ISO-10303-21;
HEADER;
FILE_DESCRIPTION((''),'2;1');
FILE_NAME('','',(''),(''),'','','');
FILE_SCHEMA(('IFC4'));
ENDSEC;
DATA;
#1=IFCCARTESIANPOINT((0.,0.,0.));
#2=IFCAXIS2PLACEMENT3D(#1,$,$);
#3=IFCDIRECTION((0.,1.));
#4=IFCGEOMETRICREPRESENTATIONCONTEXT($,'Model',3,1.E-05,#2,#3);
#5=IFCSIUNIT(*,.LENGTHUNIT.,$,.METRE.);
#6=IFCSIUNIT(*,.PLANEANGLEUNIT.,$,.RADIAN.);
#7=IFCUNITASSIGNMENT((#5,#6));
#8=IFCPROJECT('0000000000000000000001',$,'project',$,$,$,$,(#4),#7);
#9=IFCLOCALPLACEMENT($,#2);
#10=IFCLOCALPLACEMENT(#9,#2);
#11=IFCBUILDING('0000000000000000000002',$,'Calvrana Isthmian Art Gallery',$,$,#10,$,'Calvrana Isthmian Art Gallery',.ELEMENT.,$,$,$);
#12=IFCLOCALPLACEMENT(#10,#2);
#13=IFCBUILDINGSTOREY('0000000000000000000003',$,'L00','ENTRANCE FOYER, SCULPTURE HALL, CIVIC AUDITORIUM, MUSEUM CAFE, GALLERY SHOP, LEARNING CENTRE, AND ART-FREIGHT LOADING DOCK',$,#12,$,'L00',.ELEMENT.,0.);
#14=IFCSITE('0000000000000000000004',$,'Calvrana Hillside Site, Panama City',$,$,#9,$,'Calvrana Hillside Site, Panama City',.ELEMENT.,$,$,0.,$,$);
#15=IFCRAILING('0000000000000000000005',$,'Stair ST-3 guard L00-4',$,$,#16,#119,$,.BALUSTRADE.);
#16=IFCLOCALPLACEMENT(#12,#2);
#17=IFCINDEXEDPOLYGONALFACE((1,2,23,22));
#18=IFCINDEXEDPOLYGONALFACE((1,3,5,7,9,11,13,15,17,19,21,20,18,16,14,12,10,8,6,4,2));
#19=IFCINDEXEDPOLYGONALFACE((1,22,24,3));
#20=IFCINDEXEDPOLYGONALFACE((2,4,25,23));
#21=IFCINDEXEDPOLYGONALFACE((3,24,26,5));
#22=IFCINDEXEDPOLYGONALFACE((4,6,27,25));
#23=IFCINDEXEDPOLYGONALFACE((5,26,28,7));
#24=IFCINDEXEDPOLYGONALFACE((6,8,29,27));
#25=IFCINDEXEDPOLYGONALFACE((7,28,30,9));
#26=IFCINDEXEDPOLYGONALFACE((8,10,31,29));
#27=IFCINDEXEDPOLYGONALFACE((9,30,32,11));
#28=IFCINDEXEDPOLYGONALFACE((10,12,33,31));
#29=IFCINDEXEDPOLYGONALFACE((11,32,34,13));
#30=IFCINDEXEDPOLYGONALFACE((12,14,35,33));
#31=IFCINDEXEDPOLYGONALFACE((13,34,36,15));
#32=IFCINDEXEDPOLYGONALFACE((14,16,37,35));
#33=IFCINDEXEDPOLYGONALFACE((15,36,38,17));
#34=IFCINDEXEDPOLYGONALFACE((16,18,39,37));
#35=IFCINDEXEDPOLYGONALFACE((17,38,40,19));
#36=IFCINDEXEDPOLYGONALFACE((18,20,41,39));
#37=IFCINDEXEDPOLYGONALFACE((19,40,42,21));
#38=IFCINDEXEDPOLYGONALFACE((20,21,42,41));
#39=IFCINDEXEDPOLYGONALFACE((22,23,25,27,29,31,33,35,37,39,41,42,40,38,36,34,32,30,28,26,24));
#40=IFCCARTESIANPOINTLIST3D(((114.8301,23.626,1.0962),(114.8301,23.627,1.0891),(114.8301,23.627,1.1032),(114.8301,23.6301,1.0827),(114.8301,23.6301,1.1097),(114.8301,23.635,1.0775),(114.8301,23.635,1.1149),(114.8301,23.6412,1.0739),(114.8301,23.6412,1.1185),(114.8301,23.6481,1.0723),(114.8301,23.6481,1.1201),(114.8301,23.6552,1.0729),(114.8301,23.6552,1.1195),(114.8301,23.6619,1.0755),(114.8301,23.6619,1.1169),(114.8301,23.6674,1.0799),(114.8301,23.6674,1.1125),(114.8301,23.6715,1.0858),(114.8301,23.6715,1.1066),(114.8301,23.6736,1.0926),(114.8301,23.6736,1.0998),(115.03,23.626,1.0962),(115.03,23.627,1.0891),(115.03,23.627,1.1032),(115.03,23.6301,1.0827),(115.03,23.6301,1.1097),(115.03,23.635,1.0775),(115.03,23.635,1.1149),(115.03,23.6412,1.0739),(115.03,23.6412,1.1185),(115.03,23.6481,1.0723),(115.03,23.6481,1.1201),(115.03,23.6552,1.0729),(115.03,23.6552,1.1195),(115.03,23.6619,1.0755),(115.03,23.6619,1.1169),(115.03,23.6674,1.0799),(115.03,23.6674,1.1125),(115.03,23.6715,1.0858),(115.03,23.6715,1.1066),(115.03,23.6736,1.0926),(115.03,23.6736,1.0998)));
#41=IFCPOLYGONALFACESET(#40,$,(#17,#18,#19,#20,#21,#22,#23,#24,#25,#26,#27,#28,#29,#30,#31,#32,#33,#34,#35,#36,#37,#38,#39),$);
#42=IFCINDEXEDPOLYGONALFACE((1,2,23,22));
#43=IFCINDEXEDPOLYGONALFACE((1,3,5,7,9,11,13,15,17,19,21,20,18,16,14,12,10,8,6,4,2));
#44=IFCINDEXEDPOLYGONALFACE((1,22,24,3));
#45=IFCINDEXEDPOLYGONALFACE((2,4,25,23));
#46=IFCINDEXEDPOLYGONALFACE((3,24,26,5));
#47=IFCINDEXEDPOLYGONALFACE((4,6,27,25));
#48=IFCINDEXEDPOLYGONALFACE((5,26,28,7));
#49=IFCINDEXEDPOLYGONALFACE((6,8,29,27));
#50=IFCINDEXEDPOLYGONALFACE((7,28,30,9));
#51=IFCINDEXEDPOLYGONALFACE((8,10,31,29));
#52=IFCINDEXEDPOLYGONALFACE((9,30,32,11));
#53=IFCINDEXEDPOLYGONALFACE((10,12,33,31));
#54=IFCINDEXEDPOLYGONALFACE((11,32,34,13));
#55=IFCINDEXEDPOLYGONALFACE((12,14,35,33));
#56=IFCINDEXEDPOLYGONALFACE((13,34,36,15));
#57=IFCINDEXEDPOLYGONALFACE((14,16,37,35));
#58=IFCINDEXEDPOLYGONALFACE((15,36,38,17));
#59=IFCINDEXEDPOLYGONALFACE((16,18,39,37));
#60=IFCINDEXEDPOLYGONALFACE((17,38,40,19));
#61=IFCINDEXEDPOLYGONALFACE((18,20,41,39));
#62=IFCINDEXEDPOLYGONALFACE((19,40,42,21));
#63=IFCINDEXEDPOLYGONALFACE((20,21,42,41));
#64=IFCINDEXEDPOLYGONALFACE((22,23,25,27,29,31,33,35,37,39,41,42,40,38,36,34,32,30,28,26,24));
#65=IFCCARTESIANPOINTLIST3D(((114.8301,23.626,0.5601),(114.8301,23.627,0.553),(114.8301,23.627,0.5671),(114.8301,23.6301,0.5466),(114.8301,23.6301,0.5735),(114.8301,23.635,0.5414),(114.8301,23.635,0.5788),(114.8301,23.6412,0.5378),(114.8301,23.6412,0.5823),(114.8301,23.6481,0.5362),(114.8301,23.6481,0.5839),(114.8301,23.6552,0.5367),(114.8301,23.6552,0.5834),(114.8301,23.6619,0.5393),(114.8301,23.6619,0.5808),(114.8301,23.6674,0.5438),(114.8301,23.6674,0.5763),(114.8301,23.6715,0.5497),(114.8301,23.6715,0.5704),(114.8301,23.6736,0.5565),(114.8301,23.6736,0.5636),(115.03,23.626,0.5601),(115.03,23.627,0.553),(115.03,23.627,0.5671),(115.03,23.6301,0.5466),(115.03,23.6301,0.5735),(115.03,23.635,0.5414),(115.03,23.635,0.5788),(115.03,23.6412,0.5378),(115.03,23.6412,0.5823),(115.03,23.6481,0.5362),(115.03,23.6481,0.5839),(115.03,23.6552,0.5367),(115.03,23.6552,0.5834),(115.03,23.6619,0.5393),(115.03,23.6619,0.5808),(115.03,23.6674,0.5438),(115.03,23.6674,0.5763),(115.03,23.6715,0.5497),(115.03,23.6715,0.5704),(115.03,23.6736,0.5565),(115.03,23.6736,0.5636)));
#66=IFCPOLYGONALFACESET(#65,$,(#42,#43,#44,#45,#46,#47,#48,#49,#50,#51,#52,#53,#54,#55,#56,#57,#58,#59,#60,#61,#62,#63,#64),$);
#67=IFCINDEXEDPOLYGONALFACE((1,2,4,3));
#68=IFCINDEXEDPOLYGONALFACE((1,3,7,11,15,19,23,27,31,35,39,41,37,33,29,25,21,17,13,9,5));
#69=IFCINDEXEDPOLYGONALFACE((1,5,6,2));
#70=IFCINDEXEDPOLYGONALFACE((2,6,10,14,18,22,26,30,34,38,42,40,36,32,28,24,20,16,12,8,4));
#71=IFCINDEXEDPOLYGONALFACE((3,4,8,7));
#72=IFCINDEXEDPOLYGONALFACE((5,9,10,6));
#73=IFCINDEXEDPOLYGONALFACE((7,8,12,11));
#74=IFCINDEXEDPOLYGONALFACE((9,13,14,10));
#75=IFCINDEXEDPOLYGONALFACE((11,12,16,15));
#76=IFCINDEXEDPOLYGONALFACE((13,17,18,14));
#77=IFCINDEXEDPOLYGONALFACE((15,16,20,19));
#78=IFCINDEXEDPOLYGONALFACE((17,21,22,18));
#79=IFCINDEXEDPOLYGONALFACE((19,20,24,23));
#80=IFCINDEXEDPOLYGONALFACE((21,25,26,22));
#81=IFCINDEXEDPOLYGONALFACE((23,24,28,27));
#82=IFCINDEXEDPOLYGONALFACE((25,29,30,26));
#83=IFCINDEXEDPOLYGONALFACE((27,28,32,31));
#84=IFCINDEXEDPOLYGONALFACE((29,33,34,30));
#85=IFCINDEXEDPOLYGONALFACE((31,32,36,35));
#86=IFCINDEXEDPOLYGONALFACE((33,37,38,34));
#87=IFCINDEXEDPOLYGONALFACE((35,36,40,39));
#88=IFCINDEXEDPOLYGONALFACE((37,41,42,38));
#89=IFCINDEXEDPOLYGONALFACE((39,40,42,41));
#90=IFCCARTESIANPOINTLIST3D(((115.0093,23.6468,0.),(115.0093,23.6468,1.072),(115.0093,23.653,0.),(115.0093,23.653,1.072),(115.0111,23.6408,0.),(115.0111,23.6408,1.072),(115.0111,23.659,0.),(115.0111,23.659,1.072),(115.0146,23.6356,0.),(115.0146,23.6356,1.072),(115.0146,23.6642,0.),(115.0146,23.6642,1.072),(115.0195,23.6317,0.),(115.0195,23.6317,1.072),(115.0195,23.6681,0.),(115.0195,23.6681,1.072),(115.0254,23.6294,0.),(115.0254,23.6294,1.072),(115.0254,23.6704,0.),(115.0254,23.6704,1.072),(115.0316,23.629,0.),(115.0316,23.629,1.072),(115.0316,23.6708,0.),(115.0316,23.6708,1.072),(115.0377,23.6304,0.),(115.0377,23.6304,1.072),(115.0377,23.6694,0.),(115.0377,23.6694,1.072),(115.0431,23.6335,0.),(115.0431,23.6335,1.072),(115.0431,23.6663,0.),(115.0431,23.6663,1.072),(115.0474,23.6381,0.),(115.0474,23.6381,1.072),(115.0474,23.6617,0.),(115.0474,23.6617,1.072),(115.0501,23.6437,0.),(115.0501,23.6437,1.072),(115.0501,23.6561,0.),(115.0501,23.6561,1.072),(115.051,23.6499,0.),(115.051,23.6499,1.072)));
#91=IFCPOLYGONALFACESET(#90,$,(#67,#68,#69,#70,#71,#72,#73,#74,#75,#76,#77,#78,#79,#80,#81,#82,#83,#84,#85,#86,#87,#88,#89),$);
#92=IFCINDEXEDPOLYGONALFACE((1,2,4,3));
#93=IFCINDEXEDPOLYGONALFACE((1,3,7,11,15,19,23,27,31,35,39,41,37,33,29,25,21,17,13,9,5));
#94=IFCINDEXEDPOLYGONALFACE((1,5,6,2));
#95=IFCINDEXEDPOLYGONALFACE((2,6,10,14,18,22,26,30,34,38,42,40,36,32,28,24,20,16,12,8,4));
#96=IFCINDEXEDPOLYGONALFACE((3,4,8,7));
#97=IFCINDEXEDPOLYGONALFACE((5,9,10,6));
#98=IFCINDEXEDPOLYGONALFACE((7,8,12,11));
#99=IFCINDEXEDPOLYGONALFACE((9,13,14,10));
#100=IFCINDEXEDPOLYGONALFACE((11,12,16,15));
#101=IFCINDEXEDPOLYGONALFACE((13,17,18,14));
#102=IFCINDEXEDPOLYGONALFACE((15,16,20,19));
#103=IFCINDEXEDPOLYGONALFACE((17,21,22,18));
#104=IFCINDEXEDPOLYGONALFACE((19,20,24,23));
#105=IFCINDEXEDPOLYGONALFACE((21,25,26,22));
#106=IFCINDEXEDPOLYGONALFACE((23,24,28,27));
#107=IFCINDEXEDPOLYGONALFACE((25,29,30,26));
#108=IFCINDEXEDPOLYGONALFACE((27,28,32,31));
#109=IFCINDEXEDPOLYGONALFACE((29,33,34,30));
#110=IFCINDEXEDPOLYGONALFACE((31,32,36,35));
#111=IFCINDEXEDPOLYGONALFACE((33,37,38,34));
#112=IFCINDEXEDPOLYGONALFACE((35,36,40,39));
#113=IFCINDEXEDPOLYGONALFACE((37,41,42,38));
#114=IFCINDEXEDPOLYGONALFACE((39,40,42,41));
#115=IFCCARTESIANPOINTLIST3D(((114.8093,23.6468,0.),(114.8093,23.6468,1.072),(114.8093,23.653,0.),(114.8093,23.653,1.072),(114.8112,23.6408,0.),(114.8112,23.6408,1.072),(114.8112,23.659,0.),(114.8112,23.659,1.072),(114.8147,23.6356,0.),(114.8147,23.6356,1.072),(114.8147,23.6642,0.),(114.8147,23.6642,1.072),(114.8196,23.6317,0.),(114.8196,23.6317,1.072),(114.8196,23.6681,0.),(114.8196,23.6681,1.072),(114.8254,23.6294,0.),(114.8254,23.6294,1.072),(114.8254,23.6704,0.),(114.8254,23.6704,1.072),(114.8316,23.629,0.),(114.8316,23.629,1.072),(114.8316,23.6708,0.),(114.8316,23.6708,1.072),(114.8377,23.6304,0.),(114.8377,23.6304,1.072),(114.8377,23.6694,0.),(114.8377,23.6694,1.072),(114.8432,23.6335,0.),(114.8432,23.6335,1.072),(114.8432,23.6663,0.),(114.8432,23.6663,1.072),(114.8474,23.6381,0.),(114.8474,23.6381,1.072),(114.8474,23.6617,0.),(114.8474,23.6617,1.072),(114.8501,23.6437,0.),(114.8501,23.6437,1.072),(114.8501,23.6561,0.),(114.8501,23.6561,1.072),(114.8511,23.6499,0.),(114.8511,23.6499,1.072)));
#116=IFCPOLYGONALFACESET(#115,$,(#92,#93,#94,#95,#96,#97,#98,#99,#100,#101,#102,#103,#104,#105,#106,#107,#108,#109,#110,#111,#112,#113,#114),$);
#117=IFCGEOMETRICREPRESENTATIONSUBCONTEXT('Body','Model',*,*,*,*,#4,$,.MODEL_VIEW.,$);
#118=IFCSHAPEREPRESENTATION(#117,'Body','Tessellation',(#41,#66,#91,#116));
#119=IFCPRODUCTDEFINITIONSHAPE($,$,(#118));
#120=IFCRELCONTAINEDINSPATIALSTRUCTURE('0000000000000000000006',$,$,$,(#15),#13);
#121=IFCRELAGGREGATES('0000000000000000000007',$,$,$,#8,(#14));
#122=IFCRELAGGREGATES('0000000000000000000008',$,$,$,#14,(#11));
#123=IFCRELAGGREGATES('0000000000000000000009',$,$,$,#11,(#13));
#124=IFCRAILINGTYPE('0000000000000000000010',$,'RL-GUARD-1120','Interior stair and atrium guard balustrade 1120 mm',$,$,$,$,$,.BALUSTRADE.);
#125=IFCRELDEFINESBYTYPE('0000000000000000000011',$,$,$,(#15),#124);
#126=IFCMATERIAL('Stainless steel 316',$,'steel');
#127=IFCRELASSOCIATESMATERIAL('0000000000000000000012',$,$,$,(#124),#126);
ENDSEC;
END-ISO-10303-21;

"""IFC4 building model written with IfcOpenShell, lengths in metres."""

from ifc_helpers import new_model, si_unit, direction, frame, origin, origin_2d, place, context, subcontext, project, spatial, circle, extrude, material, type_object, element, save


model = new_model("IFC4")

# Units and contexts
model_context = context("Model", 3, precision=1e-05, world=origin(), true_north=direction((0.0, 1.0)))
body_context = subcontext(model_context, "Body", "Model", "MODEL_VIEW")
ifc_project = project(units=[si_unit("LENGTHUNIT", "METRE"), si_unit("PLANEANGLEUNIT", "RADIAN")], contexts=[model_context])

# Site, building, storey
site_placement = place(None, origin())
site = spatial("IfcSite", under=ifc_project, at=site_placement, Name="Calvrana Hillside Site, Panama City", LongName="Calvrana Hillside Site, Panama City", CompositionType="ELEMENT", RefElevation=0.0)
building_placement = place(site_placement, origin())
building = spatial("IfcBuilding", under=site, at=building_placement, Name="Calvrana Isthmian Art Gallery", LongName="Calvrana Isthmian Art Gallery", CompositionType="ELEMENT")
storey_placement = place(building_placement, origin())
storey = spatial("IfcBuildingStorey", under=building, at=storey_placement, Name="L00", Description="ENTRANCE FOYER, SCULPTURE HALL, CIVIC AUDITORIUM, MUSEUM CAFE, GALLERY SHOP, LEARNING CENTRE, AND ART-FREIGHT LOADING DOCK", LongName="L00", CompositionType="ELEMENT", Elevation=0.0)

# Railing
ifc_material_1 = material(Name="Stainless steel 316", Category="steel")
railing_type_1 = type_object("IfcRailingType", Name="RL-GUARD-1120", Description="Interior stair and atrium guard balustrade 1120 mm", PredefinedType="BALUSTRADE", material=ifc_material_1)
railing_1_placement = place(storey_placement, frame((115.03, 23.6499, 0.0)))
element("IfcRailing", 1, at=railing_1_placement, inside=storey, type_object=railing_type_1, Name="Stair ST-3 guard L00-4", PredefinedType="BALUSTRADE", context=body_context, shape_type="SweptSolid", body=[
    extrude(circle(Radius=0.0239, at=origin_2d()), frame((0.0, 0.0, 1.0962), z_axis=(-1.0, 0.0, 0.0), x_axis=(0.0, -1.0, 0.0)), (0.0, 0.0, 1.0), 0.2),
    extrude(circle(Radius=0.0239, at=origin_2d()), frame((0.0, 0.0, 0.5601), z_axis=(-1.0, 0.0, 0.0), x_axis=(0.0, -1.0, 0.0)), (0.0, 0.0, 1.0), 0.2),
    extrude(circle(Radius=0.021, at=origin_2d()), origin(), (0.0, 0.0, 1.0), 1.072),
    extrude(circle(Radius=0.021, at=origin_2d()), frame((-0.2, 0.0, 0.0)), (0.0, 0.0, 1.0), 1.072),
])

save(model, "model.ifc")
